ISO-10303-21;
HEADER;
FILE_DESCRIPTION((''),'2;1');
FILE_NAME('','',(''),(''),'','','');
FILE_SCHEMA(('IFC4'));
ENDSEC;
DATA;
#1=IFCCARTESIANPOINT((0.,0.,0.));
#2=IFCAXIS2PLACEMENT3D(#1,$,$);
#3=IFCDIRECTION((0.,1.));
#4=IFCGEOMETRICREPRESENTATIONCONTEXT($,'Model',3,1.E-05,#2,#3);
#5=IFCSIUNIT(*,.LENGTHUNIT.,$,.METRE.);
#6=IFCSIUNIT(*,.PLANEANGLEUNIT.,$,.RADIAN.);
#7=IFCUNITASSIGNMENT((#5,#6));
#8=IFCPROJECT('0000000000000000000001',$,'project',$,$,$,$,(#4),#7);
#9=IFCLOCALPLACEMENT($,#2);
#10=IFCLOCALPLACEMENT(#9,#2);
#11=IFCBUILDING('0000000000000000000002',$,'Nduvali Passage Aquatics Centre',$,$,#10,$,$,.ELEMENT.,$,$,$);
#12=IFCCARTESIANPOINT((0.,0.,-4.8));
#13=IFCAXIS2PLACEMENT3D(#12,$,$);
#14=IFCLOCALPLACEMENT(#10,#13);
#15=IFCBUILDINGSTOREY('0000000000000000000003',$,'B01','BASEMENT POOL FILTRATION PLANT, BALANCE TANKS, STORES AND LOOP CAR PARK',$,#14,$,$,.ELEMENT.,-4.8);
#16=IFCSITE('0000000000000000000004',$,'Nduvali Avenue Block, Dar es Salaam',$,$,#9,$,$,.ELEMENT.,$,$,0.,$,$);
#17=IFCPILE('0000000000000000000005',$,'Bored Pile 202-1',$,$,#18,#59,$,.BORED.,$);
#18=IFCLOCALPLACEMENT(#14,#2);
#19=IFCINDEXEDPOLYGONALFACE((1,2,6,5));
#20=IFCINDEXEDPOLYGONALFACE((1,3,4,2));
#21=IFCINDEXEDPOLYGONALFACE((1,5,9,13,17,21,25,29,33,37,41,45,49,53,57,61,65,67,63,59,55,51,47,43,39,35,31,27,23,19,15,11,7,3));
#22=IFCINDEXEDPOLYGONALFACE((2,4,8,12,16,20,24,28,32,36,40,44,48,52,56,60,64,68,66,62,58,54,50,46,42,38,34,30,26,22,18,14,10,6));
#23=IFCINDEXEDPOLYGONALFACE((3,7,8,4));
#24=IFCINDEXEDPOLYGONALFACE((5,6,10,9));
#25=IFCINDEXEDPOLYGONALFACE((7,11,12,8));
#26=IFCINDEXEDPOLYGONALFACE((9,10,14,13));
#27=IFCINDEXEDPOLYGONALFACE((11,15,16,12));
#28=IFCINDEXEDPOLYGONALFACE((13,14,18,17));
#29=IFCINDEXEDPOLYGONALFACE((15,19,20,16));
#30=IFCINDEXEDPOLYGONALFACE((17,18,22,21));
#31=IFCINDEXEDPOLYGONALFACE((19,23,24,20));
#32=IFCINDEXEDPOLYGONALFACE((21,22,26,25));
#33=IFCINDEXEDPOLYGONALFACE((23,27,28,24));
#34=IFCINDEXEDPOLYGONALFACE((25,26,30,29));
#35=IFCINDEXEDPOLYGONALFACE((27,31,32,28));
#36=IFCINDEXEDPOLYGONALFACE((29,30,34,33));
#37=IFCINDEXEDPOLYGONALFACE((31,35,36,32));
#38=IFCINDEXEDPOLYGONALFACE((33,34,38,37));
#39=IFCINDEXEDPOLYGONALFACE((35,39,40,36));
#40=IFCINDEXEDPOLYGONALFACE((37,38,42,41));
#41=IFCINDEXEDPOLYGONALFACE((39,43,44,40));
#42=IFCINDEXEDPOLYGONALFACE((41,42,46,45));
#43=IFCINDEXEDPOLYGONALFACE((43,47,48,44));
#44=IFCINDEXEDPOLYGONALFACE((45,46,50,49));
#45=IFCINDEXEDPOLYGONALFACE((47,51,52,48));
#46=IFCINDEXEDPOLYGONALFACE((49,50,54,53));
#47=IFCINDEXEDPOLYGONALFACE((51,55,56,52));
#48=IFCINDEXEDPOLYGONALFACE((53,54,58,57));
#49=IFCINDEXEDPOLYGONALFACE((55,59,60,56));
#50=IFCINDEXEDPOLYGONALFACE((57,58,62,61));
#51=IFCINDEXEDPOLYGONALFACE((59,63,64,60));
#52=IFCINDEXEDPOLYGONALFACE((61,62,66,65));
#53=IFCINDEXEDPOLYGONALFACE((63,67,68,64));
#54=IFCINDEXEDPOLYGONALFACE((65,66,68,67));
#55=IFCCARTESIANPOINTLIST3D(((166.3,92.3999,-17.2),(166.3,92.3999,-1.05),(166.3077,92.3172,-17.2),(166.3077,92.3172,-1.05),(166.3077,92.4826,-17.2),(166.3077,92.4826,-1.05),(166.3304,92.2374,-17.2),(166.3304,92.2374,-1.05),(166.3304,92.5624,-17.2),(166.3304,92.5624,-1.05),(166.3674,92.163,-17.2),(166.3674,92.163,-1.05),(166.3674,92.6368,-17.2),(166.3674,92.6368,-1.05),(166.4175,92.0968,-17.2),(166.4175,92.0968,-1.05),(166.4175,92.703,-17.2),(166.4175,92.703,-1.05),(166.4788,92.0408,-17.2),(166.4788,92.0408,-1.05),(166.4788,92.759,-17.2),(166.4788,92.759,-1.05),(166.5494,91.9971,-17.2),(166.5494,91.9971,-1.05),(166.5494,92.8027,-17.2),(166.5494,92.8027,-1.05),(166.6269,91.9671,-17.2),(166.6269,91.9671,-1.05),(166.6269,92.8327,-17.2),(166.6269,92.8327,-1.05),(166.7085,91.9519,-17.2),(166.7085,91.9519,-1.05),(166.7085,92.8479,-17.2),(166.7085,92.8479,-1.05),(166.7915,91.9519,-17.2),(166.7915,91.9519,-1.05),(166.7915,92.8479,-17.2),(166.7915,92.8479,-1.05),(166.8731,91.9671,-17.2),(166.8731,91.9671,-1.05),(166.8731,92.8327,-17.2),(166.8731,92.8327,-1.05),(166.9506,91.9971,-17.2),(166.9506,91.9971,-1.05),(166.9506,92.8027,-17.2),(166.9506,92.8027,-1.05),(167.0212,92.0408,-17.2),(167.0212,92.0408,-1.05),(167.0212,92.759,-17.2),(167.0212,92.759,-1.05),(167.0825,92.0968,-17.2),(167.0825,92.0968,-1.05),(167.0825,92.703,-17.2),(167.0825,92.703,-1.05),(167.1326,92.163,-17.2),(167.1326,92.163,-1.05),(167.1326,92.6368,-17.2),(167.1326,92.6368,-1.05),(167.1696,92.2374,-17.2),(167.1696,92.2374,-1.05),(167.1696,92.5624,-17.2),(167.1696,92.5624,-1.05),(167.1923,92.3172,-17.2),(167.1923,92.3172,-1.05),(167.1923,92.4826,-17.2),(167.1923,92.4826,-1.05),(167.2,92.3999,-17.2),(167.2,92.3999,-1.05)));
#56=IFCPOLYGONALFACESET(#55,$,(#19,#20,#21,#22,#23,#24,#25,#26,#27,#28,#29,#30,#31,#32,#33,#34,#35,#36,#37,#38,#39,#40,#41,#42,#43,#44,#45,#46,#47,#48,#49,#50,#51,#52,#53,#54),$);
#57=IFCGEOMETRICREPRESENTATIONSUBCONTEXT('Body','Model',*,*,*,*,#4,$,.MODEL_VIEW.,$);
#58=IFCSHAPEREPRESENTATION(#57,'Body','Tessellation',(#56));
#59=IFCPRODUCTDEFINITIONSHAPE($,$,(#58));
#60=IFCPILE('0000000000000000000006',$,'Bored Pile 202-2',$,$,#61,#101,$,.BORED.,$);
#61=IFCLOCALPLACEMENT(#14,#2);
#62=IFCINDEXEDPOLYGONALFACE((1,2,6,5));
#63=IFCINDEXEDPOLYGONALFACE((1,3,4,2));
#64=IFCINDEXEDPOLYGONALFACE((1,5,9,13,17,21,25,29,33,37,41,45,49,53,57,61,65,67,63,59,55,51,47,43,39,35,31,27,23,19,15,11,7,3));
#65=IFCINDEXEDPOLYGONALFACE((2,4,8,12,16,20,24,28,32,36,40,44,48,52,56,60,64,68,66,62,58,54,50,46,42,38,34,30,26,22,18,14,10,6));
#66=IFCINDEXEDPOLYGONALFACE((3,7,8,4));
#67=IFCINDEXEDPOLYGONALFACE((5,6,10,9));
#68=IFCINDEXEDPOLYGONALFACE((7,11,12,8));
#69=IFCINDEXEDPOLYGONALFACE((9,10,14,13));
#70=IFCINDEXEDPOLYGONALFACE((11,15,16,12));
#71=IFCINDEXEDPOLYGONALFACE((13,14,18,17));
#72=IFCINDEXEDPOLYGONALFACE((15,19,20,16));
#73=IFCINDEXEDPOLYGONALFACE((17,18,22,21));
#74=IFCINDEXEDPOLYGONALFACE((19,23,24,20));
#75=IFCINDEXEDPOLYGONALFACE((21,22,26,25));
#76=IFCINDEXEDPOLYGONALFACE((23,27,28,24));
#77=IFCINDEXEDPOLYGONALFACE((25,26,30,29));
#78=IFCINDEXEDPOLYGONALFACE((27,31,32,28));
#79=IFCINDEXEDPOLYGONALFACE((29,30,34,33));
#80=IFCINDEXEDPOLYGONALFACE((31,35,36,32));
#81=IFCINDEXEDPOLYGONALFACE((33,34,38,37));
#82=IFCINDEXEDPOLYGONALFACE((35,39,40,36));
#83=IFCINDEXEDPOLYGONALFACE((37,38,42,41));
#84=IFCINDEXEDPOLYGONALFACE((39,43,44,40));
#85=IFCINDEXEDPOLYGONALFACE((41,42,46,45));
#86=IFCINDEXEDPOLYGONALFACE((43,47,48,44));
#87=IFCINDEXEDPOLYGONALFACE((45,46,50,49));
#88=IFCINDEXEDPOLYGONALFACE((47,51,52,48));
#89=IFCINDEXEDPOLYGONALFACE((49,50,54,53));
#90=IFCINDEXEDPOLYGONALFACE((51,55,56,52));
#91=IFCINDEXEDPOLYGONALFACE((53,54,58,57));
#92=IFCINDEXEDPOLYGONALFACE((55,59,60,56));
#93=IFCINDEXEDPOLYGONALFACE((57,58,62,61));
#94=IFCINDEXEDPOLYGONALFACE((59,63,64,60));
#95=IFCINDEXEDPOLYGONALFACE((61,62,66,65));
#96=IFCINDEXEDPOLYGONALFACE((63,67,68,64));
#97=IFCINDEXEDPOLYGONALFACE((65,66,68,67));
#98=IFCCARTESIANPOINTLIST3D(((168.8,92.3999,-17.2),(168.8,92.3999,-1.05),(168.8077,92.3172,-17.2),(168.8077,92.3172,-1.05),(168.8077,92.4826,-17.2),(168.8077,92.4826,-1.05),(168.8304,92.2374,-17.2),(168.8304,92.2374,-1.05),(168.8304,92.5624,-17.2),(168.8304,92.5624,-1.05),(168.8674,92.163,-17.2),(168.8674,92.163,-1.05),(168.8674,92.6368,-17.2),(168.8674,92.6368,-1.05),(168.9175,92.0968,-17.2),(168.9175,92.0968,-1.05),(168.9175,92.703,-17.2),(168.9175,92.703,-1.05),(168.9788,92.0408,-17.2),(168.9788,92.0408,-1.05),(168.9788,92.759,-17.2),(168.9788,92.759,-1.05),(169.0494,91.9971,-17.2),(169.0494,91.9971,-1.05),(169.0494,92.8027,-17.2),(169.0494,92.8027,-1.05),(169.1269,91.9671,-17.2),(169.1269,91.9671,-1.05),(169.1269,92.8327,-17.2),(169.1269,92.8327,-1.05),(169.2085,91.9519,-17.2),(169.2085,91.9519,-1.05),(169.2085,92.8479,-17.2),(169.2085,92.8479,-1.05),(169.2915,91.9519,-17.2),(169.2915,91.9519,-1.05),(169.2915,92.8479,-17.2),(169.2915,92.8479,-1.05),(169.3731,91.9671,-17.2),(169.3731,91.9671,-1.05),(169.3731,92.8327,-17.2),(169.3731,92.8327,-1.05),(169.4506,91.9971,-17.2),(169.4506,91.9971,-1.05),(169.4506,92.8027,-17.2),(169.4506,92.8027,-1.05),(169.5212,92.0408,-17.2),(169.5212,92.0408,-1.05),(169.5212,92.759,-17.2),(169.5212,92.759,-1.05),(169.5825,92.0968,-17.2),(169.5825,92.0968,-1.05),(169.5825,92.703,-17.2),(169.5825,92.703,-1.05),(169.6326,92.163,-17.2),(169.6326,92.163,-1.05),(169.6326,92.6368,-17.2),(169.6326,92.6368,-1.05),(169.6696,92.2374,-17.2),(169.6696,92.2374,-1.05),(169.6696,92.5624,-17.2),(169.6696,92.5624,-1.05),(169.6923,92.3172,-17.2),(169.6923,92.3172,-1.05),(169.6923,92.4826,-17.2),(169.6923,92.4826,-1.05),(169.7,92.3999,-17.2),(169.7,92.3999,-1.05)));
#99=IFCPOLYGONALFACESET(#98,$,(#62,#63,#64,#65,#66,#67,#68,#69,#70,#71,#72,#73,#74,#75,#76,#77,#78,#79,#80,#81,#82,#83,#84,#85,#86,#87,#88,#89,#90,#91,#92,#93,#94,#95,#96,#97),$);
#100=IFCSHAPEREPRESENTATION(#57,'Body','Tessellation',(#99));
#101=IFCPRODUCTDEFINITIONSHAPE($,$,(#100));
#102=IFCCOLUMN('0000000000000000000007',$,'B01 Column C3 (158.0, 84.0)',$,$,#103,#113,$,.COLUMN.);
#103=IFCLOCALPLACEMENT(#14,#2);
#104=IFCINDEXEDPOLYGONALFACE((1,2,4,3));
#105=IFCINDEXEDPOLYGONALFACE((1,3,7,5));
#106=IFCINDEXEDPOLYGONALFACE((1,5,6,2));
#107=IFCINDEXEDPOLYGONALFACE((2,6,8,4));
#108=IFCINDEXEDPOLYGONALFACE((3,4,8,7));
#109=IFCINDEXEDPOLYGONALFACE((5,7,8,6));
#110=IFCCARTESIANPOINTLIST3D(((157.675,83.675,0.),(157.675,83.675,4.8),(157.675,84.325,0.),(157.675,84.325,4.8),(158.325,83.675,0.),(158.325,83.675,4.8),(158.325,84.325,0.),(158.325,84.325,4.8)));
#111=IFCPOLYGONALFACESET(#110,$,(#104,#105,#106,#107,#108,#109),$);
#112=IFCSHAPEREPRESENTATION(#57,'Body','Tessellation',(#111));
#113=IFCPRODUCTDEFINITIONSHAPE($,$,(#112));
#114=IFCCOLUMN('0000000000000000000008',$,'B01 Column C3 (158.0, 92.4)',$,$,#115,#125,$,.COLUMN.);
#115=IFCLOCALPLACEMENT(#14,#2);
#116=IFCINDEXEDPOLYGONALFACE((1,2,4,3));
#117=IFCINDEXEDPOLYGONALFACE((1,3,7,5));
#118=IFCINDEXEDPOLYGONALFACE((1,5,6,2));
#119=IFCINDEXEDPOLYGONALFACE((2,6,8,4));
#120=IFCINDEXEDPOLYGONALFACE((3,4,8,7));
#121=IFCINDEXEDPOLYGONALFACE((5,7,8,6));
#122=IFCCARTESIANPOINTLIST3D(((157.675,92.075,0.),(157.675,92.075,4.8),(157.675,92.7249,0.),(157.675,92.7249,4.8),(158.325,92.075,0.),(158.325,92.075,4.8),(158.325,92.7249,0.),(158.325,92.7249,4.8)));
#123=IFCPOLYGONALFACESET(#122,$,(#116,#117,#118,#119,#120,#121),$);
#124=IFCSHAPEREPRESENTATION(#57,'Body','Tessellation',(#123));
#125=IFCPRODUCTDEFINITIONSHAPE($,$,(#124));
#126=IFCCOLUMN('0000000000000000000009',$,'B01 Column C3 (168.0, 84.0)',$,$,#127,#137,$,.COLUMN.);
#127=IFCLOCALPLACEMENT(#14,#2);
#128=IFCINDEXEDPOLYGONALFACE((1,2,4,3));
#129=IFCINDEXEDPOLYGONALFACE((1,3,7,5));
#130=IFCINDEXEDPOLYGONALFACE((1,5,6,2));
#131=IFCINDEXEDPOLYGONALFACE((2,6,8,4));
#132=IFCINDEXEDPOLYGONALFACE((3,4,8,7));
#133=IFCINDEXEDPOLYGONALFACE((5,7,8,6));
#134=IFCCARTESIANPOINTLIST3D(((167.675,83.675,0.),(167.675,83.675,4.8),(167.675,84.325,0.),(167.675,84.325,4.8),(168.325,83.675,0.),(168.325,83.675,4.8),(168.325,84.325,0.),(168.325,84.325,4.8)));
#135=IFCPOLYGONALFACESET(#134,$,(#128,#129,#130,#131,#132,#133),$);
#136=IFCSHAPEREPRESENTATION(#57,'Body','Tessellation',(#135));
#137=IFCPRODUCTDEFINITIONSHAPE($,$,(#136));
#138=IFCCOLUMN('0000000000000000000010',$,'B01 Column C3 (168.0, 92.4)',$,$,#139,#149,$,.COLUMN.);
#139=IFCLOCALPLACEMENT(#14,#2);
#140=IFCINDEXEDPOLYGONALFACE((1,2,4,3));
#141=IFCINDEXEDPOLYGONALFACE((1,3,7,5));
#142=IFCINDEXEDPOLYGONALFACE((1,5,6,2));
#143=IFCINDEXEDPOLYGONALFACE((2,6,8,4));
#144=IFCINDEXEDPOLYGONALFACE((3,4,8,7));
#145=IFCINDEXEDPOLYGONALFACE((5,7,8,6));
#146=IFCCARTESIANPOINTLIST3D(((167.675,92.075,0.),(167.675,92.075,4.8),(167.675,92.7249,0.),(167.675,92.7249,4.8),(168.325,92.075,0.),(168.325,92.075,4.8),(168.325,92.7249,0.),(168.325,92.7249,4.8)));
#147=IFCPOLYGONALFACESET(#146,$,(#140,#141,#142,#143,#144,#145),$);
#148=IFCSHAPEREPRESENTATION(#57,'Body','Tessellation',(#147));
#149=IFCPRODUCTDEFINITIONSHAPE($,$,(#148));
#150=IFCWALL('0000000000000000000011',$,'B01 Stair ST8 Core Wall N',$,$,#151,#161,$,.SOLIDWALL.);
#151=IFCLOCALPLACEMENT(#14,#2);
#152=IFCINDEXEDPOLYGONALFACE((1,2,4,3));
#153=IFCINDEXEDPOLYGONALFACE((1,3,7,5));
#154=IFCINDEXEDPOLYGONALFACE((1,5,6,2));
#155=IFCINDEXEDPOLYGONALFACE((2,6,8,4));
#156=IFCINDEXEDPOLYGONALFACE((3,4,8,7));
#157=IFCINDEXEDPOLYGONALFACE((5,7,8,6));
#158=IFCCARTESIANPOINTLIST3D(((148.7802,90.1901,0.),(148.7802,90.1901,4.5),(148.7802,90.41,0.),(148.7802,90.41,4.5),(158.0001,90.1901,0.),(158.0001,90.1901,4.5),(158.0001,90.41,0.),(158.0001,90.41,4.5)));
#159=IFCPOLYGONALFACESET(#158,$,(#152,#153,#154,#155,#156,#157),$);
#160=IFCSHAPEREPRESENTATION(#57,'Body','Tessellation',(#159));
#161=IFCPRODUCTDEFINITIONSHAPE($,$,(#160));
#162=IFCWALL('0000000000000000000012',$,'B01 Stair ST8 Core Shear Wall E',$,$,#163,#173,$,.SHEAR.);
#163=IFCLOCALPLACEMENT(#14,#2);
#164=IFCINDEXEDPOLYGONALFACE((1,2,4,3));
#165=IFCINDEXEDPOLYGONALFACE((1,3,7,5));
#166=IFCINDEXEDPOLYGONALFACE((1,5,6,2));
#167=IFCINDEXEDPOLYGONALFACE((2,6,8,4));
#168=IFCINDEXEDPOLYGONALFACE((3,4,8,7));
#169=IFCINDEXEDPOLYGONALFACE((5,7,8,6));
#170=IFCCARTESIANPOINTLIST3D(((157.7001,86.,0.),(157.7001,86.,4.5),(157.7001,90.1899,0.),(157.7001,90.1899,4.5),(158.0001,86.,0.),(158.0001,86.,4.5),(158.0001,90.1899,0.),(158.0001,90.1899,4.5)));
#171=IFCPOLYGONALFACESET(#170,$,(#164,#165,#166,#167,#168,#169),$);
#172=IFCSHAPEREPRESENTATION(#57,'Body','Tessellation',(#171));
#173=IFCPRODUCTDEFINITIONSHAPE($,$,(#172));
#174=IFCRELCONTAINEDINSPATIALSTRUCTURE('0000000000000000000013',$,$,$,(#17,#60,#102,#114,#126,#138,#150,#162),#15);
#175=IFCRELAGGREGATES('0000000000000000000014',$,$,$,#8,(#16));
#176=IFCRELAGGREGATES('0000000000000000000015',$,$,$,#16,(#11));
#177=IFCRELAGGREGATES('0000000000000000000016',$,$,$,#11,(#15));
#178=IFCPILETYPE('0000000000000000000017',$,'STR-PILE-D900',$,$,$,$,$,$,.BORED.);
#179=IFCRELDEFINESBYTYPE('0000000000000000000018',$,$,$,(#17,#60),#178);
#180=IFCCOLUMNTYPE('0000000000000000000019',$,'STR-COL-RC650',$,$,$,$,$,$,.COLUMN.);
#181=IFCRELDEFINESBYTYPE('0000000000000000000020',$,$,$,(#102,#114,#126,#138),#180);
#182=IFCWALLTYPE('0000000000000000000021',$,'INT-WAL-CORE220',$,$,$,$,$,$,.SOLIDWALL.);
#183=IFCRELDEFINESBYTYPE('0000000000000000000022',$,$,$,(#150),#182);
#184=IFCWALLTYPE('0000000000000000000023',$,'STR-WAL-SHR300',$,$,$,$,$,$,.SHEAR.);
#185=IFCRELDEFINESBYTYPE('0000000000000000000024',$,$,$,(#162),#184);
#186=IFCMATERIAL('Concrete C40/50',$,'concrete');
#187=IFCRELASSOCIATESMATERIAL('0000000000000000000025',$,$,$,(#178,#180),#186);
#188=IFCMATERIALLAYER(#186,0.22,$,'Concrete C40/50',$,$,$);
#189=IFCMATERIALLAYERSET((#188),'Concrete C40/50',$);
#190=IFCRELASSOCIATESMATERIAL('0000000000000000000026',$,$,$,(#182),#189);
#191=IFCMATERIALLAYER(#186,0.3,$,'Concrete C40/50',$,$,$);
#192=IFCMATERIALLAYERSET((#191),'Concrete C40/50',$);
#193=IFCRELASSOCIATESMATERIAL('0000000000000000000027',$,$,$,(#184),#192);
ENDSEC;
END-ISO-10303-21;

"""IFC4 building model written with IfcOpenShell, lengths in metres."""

from ifc_helpers import new_model, si_unit, direction, frame, frame_2d, origin, origin_2d, place, context, subcontext, project, spatial, rectangle, circle, extrude, material, layer, layer_set, material_profile, profile_set, type_object, element, save


model = new_model("IFC4")

# Units and contexts
model_context = context("Model", 3, precision=1e-05, world=origin(), true_north=direction((0.0, 1.0)))
body_context = subcontext(model_context, "Body", "Model", "MODEL_VIEW")
ifc_project = project(units=[si_unit("LENGTHUNIT", "METRE"), si_unit("PLANEANGLEUNIT", "RADIAN")], contexts=[model_context])

# Site, building, storey
site_placement = place(None, origin())
site = spatial("IfcSite", under=ifc_project, at=site_placement, Name="Nduvali Avenue Block, Dar es Salaam", CompositionType="ELEMENT", RefElevation=0.0)
building_placement = place(site_placement, origin())
building = spatial("IfcBuilding", under=site, at=building_placement, Name="Nduvali Passage Aquatics Centre", CompositionType="ELEMENT")
storey_placement = place(building_placement, frame((0.0, 0.0, -4.8)))
storey = spatial("IfcBuildingStorey", under=building, at=storey_placement, Name="B01", Description="BASEMENT POOL FILTRATION PLANT, BALANCE TANKS, STORES AND LOOP CAR PARK", CompositionType="ELEMENT", Elevation=-4.8)

# Shared definitions
ifc_material = material(Name="Concrete C40/50", Category="concrete")

# Piles
ifc_material_profile_1 = material_profile(ifc_material, circle(Radius=0.45, at=origin_2d()), Name="PILE D900")
ifc_profile_set_1 = profile_set([ifc_material_profile_1], Name="Concrete C40/50")
pile_type = type_object("IfcPileType", Name="STR-PILE-D900", PredefinedType="BORED", material=ifc_profile_set_1)
for number, where, z_axis, x_axis, name in (
    (1, (166.75, 92.3999, -1.05), (0.0, 0.0, -1.0), (1.0, 0.0, 0.0), "Bored Pile 202-1"),
    (2, (169.25, 92.3999, -1.05), (0.0, 0.0, -1.0), (1.0, 0.0, 0.0), "Bored Pile 202-2"),
):
    element("IfcPile", number, at=place(storey_placement, frame(where, z_axis=z_axis, x_axis=x_axis)), inside=storey, type_object=pile_type, Name=name, PredefinedType="BORED", context=body_context, shape_type="SweptSolid", body=[
        extrude(circle(Radius=0.45, at=origin_2d()), origin(), (0.0, 0.0, 1.0), 16.1499),
    ])

# Columns
ifc_material_profile_2 = material_profile(ifc_material, rectangle(XDim=0.6499, YDim=0.6499, at=origin_2d()), Name="RC 650x650")
ifc_profile_set_2 = profile_set([ifc_material_profile_2], Name="Concrete C40/50")
column_type = type_object("IfcColumnType", Name="STR-COL-RC650", PredefinedType="COLUMN", material=ifc_profile_set_2)
for number, where, z_axis, x_axis, name in (
    (3, (158.0, 84.0, 0.0), (0.0, 0.0, 1.0), (1.0, 0.0, 0.0), "B01 Column C3 (158.0, 84.0)"),
    (4, (158.0, 92.3999, 0.0), (0.0, 0.0, 1.0), (1.0, 0.0, 0.0), "B01 Column C3 (158.0, 92.4)"),
    (5, (168.0, 84.0, 0.0), (0.0, 0.0, 1.0), (1.0, 0.0, 0.0), "B01 Column C3 (168.0, 84.0)"),
    (6, (168.0, 92.3999, 0.0), (0.0, 0.0, 1.0), (1.0, 0.0, 0.0), "B01 Column C3 (168.0, 92.4)"),
):
    element("IfcColumn", number, at=place(storey_placement, frame(where, z_axis=z_axis, x_axis=x_axis)), inside=storey, type_object=column_type, Name=name, PredefinedType="COLUMN", context=body_context, shape_type="SweptSolid", body=[
        extrude(rectangle(XDim=0.6499, YDim=0.6499, at=origin_2d()), origin(), (0.0, 0.0, 1.0), 4.8),
    ])

# Walls
ifc_layer_1 = layer(ifc_material, 0.22, Name="Concrete C40/50")
ifc_layer_set_1 = layer_set([ifc_layer_1], Name="Concrete C40/50")
wall_type_1 = type_object("IfcWallType", Name="INT-WAL-CORE220", PredefinedType="SOLIDWALL", material=ifc_layer_set_1)
wall_1_placement = place(storey_placement, frame((158.0, 90.3, 0.0), z_axis=(0.0, 0.0, 1.0), x_axis=(-1.0, 0.0, 0.0)))
element("IfcWall", 7, at=wall_1_placement, inside=storey, type_object=wall_type_1, Name="B01 Stair ST8 Core Wall N", PredefinedType="SOLIDWALL", context=body_context, shape_type="SweptSolid", body=[
    extrude(rectangle(XDim=9.22, YDim=0.22, at=frame_2d((4.6099, 0.0))), origin(), (0.0, 0.0, 1.0), 4.5),
])
ifc_layer_2 = layer(ifc_material, 0.3, Name="Concrete C40/50")
ifc_layer_set_2 = layer_set([ifc_layer_2], Name="Concrete C40/50")
wall_type_2 = type_object("IfcWallType", Name="STR-WAL-SHR300", PredefinedType="SHEAR", material=ifc_layer_set_2)
wall_2_placement = place(storey_placement, frame((157.8501, 86.0, 0.0), z_axis=(0.0, 0.0, 1.0), x_axis=(0.0, 1.0, 0.0)))
element("IfcWall", 8, at=wall_2_placement, inside=storey, type_object=wall_type_2, Name="B01 Stair ST8 Core Shear Wall E", PredefinedType="SHEAR", context=body_context, shape_type="SweptSolid", body=[
    extrude(rectangle(XDim=4.1899, YDim=0.3, at=frame_2d((2.095, 0.0))), origin(), (0.0, 0.0, 1.0), 4.5),
])

save(model, "model.ifc")
